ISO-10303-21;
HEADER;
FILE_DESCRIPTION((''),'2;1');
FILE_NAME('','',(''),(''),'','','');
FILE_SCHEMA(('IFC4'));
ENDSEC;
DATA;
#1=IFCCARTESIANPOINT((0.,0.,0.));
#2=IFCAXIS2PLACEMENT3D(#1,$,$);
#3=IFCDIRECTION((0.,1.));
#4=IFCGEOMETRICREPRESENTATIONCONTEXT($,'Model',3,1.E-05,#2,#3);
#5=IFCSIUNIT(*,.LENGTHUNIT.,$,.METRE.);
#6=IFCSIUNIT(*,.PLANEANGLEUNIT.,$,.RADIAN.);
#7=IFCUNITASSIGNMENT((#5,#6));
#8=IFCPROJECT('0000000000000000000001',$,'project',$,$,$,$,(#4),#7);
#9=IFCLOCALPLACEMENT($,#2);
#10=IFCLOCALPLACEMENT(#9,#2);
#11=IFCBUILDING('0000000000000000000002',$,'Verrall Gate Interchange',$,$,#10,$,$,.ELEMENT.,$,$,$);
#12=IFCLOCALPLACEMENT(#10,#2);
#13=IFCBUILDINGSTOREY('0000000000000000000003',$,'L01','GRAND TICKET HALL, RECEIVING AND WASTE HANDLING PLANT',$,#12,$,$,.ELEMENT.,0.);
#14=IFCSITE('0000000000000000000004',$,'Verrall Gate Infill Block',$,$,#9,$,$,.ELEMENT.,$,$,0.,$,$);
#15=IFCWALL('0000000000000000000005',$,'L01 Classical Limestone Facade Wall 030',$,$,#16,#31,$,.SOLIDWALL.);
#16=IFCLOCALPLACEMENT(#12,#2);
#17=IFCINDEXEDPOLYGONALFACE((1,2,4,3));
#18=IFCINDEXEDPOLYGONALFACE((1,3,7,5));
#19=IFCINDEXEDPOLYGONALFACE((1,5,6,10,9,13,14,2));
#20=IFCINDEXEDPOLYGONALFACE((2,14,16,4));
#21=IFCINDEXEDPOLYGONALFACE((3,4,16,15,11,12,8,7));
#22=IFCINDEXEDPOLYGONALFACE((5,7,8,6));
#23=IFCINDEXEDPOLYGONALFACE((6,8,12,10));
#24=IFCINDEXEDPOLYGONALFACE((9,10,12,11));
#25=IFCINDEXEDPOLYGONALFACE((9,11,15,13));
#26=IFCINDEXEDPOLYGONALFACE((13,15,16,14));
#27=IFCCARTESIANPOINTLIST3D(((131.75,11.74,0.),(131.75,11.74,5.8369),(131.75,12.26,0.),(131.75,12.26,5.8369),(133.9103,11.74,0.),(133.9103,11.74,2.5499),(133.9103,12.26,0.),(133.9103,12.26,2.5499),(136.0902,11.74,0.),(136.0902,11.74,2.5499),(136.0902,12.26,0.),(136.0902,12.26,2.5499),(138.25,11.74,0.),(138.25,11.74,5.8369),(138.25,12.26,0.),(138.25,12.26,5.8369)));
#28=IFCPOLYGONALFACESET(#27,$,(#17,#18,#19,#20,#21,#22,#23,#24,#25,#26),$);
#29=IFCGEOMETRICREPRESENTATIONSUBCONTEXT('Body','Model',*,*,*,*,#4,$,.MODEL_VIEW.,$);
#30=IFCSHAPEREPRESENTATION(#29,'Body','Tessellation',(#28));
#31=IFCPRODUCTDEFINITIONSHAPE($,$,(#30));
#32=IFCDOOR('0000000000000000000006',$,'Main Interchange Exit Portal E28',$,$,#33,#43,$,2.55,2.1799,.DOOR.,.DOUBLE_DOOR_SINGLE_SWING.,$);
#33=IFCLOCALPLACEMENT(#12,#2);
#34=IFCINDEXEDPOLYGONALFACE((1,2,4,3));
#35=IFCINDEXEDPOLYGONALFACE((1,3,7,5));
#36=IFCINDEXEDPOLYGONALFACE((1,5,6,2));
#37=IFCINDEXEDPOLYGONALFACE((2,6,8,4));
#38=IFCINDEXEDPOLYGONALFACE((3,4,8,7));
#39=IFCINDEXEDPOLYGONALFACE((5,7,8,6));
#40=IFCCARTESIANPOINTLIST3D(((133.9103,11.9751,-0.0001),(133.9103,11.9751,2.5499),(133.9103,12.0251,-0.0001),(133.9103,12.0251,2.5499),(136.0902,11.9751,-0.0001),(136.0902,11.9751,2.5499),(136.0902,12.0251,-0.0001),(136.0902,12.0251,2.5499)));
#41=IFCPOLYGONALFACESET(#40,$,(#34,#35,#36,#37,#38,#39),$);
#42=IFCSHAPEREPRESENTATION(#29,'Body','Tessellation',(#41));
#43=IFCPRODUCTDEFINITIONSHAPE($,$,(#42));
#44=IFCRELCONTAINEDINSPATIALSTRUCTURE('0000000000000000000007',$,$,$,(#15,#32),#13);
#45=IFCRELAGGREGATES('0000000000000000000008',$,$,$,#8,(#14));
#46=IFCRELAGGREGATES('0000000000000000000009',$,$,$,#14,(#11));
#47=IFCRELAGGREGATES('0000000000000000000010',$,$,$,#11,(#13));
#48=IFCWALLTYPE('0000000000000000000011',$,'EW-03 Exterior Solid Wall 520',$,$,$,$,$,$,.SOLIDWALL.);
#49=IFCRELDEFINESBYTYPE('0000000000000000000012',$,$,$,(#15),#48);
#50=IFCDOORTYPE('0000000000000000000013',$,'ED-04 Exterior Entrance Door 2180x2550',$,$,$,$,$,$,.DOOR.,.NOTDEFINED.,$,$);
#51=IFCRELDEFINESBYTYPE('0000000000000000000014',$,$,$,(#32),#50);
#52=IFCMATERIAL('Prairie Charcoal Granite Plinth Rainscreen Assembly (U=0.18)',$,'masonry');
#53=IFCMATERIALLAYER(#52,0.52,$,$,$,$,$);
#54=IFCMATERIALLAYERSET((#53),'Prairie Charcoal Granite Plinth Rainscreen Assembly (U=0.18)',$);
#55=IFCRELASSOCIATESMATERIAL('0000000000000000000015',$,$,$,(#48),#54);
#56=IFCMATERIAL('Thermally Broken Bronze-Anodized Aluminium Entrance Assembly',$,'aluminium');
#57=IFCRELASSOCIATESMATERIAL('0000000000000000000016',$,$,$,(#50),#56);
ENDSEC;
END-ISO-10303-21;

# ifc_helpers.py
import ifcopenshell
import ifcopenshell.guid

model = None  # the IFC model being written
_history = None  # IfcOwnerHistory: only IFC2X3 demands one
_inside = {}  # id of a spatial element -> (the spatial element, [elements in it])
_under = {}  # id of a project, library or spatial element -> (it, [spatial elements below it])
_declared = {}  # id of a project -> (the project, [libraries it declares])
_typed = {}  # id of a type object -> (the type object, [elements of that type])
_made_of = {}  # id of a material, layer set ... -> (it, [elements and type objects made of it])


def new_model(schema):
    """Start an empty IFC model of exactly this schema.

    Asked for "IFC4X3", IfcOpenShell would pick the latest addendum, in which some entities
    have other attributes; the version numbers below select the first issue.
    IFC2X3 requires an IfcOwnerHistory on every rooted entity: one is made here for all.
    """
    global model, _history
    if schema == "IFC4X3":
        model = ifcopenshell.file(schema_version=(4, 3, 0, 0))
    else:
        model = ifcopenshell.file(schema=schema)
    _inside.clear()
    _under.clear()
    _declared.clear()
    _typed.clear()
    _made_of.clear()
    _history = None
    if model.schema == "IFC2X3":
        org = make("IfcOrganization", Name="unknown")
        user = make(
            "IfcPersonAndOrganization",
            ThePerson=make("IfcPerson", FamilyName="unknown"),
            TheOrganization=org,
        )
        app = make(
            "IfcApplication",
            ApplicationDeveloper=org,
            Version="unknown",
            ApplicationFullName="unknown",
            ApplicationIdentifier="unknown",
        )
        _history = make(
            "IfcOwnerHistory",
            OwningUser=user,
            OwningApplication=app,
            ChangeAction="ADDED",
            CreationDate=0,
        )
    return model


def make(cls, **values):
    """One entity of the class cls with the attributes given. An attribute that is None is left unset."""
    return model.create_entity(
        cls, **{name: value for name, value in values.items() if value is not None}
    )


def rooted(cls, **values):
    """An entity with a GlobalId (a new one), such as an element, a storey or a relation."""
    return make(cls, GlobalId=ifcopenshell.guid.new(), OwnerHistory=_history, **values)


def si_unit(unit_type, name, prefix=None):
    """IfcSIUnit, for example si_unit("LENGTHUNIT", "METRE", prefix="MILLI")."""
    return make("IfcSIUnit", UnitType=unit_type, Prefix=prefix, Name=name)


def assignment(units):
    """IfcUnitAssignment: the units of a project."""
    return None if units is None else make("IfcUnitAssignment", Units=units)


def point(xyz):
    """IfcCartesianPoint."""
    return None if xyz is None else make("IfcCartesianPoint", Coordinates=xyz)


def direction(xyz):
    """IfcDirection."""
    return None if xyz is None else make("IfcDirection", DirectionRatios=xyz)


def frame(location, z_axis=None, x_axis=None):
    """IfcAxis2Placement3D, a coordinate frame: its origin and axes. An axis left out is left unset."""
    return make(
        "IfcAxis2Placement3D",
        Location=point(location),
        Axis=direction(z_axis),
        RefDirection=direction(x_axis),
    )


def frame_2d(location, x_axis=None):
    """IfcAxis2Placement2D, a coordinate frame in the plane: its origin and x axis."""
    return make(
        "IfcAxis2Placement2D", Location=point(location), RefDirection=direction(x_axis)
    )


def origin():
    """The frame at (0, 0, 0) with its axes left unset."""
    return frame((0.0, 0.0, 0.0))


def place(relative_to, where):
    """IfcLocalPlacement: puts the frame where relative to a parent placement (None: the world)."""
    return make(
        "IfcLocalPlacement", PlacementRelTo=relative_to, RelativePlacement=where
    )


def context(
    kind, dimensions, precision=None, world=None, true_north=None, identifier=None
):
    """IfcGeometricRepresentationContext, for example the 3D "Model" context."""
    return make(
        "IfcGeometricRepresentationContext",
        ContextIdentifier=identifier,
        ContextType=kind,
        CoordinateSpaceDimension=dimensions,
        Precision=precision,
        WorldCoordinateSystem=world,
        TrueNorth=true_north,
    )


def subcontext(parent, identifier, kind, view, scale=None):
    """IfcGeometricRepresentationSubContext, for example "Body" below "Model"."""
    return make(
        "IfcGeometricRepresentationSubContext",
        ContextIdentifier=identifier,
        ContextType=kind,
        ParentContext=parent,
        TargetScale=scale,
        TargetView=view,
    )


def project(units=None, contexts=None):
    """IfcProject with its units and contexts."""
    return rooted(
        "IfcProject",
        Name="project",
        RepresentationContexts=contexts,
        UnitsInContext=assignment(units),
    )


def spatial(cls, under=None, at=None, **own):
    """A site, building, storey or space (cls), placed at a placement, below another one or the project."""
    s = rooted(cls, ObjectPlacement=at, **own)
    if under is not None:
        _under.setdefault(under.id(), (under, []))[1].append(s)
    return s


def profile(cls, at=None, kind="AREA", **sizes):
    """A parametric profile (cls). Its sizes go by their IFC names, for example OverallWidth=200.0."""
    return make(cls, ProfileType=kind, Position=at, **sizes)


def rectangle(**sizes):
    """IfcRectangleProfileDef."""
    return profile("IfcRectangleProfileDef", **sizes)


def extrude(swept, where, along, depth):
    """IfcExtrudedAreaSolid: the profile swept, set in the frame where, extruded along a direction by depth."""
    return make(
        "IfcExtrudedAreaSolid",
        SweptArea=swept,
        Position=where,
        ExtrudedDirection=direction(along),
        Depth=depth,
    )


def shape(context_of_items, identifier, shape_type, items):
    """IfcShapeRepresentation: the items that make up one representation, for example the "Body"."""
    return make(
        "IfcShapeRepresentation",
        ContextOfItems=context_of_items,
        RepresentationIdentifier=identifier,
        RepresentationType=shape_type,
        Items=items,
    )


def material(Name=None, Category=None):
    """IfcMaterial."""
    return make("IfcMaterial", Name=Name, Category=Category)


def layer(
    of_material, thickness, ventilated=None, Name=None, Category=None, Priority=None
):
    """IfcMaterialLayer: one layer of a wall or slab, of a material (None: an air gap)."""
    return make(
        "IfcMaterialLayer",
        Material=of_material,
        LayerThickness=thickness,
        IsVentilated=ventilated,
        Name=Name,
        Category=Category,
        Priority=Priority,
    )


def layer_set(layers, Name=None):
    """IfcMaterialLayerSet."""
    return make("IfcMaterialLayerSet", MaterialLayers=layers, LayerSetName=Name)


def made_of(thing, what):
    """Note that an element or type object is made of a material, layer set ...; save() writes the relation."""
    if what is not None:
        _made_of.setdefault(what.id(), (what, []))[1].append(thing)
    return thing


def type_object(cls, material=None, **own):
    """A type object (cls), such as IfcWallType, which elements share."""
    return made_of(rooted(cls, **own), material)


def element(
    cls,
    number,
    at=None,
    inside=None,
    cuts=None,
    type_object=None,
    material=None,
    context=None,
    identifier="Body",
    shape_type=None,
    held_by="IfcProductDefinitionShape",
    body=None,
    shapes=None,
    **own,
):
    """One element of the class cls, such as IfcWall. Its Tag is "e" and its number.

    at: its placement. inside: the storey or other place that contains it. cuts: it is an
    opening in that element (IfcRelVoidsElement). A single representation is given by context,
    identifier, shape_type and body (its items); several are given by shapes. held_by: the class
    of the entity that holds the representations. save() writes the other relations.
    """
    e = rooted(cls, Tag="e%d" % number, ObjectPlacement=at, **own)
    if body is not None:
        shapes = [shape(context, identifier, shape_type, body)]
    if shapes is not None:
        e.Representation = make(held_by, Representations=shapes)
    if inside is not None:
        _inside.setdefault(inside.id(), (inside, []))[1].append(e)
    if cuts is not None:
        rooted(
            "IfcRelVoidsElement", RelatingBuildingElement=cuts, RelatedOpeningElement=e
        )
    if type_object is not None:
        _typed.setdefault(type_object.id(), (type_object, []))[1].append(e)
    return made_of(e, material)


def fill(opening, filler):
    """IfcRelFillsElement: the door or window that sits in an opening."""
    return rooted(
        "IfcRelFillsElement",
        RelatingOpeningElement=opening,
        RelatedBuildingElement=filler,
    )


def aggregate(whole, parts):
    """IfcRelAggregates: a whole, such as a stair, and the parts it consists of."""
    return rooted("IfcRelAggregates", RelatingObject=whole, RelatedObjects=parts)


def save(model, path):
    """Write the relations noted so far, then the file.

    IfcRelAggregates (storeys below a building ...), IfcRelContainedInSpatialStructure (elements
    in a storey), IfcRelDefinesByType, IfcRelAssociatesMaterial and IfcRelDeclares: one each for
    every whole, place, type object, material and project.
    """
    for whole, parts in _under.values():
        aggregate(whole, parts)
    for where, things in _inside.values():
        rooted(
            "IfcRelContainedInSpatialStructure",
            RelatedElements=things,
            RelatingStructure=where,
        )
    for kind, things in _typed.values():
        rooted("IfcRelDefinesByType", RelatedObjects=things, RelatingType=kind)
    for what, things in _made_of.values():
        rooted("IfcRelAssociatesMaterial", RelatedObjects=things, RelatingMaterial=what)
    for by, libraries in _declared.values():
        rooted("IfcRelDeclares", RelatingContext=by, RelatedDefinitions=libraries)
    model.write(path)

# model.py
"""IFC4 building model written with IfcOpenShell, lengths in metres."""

from ifc_helpers import new_model, si_unit, direction, frame, frame_2d, origin, place, context, subcontext, project, spatial, rectangle, extrude, material, layer, layer_set, type_object, element, fill, save


model = new_model("IFC4")

# Units and contexts
model_context = context("Model", 3, precision=1e-05, world=origin(), true_north=direction((0.0, 1.0)))
body_context = subcontext(model_context, "Body", "Model", "MODEL_VIEW")
ifc_project = project(units=[si_unit("LENGTHUNIT", "METRE"), si_unit("PLANEANGLEUNIT", "RADIAN")], contexts=[model_context])

# Site, building, storey
site_placement = place(None, origin())
site = spatial("IfcSite", under=ifc_project, at=site_placement, Name="Verrall Gate Infill Block", CompositionType="ELEMENT", RefElevation=0.0)
building_placement = place(site_placement, origin())
building = spatial("IfcBuilding", under=site, at=building_placement, Name="Verrall Gate Interchange", CompositionType="ELEMENT")
storey_placement = place(building_placement, origin())
storey = spatial("IfcBuildingStorey", under=building, at=storey_placement, Name="L01", Description="GRAND TICKET HALL, RECEIVING AND WASTE HANDLING PLANT", CompositionType="ELEMENT", Elevation=0.0)

# Wall, opening, door
ifc_material_1 = material(Name="Prairie Charcoal Granite Plinth Rainscreen Assembly (U=0.18)", Category="masonry")
ifc_layer_1 = layer(ifc_material_1, 0.52)
ifc_layer_set_1 = layer_set([ifc_layer_1], Name="Prairie Charcoal Granite Plinth Rainscreen Assembly (U=0.18)")
wall_type = type_object("IfcWallType", Name="EW-03 Exterior Solid Wall 520", PredefinedType="SOLIDWALL", material=ifc_layer_set_1)
wall_placement = place(storey_placement, frame((138.25, 12.0, 0.0), z_axis=(0.0, 0.0, 1.0), x_axis=(-1.0, 0.0, 0.0)))
wall = element("IfcWall", 1, at=wall_placement, inside=storey, type_object=wall_type, Name="L01 Classical Limestone Facade Wall 030", PredefinedType="SOLIDWALL", context=body_context, shape_type="SweptSolid", body=[
    extrude(rectangle(XDim=6.5, YDim=0.52, at=frame_2d((3.25, 0.0))), origin(), (0.0, 0.0, 1.0), 5.8369),
])
opening_placement = place(wall_placement, frame((2.1599, 0.0, 0.0)))
opening = element("IfcOpeningElement", 2, at=opening_placement, cuts=wall, PredefinedType="OPENING", context=body_context, shape_type="SweptSolid", body=[
    extrude(rectangle(XDim=2.1799, YDim=2.55, at=frame_2d((1.0898, 1.2749))), frame((0.0, 0.2749, 0.0), z_axis=(0.0, -1.0, 0.0), x_axis=(1.0, 0.0, 0.0)), (0.0, 0.0, 1.0), 0.5498),
])
ifc_material_2 = material(Name="Thermally Broken Bronze-Anodized Aluminium Entrance Assembly", Category="aluminium")
door_type = type_object("IfcDoorType", Name="ED-04 Exterior Entrance Door 2180x2550", OperationType="NOTDEFINED", PredefinedType="DOOR", material=ifc_material_2)
door_placement = place(opening_placement, origin())
door = element("IfcDoor", 3, at=door_placement, inside=storey, type_object=door_type, Name="Main Interchange Exit Portal E28", OperationType="DOUBLE_DOOR_SINGLE_SWING", OverallHeight=2.55, OverallWidth=2.1799, PredefinedType="DOOR", context=body_context, shape_type="SweptSolid", body=[
    extrude(rectangle(XDim=2.1799, YDim=2.55, at=frame_2d((1.0898, 1.2749))), frame((0.0, 0.0249, 0.0), z_axis=(0.0, -1.0, 0.0), x_axis=(1.0, 0.0, 0.0)), (0.0, 0.0, 1.0), 0.05),
])
fill(opening, door)

save(model, "model.ifc")
